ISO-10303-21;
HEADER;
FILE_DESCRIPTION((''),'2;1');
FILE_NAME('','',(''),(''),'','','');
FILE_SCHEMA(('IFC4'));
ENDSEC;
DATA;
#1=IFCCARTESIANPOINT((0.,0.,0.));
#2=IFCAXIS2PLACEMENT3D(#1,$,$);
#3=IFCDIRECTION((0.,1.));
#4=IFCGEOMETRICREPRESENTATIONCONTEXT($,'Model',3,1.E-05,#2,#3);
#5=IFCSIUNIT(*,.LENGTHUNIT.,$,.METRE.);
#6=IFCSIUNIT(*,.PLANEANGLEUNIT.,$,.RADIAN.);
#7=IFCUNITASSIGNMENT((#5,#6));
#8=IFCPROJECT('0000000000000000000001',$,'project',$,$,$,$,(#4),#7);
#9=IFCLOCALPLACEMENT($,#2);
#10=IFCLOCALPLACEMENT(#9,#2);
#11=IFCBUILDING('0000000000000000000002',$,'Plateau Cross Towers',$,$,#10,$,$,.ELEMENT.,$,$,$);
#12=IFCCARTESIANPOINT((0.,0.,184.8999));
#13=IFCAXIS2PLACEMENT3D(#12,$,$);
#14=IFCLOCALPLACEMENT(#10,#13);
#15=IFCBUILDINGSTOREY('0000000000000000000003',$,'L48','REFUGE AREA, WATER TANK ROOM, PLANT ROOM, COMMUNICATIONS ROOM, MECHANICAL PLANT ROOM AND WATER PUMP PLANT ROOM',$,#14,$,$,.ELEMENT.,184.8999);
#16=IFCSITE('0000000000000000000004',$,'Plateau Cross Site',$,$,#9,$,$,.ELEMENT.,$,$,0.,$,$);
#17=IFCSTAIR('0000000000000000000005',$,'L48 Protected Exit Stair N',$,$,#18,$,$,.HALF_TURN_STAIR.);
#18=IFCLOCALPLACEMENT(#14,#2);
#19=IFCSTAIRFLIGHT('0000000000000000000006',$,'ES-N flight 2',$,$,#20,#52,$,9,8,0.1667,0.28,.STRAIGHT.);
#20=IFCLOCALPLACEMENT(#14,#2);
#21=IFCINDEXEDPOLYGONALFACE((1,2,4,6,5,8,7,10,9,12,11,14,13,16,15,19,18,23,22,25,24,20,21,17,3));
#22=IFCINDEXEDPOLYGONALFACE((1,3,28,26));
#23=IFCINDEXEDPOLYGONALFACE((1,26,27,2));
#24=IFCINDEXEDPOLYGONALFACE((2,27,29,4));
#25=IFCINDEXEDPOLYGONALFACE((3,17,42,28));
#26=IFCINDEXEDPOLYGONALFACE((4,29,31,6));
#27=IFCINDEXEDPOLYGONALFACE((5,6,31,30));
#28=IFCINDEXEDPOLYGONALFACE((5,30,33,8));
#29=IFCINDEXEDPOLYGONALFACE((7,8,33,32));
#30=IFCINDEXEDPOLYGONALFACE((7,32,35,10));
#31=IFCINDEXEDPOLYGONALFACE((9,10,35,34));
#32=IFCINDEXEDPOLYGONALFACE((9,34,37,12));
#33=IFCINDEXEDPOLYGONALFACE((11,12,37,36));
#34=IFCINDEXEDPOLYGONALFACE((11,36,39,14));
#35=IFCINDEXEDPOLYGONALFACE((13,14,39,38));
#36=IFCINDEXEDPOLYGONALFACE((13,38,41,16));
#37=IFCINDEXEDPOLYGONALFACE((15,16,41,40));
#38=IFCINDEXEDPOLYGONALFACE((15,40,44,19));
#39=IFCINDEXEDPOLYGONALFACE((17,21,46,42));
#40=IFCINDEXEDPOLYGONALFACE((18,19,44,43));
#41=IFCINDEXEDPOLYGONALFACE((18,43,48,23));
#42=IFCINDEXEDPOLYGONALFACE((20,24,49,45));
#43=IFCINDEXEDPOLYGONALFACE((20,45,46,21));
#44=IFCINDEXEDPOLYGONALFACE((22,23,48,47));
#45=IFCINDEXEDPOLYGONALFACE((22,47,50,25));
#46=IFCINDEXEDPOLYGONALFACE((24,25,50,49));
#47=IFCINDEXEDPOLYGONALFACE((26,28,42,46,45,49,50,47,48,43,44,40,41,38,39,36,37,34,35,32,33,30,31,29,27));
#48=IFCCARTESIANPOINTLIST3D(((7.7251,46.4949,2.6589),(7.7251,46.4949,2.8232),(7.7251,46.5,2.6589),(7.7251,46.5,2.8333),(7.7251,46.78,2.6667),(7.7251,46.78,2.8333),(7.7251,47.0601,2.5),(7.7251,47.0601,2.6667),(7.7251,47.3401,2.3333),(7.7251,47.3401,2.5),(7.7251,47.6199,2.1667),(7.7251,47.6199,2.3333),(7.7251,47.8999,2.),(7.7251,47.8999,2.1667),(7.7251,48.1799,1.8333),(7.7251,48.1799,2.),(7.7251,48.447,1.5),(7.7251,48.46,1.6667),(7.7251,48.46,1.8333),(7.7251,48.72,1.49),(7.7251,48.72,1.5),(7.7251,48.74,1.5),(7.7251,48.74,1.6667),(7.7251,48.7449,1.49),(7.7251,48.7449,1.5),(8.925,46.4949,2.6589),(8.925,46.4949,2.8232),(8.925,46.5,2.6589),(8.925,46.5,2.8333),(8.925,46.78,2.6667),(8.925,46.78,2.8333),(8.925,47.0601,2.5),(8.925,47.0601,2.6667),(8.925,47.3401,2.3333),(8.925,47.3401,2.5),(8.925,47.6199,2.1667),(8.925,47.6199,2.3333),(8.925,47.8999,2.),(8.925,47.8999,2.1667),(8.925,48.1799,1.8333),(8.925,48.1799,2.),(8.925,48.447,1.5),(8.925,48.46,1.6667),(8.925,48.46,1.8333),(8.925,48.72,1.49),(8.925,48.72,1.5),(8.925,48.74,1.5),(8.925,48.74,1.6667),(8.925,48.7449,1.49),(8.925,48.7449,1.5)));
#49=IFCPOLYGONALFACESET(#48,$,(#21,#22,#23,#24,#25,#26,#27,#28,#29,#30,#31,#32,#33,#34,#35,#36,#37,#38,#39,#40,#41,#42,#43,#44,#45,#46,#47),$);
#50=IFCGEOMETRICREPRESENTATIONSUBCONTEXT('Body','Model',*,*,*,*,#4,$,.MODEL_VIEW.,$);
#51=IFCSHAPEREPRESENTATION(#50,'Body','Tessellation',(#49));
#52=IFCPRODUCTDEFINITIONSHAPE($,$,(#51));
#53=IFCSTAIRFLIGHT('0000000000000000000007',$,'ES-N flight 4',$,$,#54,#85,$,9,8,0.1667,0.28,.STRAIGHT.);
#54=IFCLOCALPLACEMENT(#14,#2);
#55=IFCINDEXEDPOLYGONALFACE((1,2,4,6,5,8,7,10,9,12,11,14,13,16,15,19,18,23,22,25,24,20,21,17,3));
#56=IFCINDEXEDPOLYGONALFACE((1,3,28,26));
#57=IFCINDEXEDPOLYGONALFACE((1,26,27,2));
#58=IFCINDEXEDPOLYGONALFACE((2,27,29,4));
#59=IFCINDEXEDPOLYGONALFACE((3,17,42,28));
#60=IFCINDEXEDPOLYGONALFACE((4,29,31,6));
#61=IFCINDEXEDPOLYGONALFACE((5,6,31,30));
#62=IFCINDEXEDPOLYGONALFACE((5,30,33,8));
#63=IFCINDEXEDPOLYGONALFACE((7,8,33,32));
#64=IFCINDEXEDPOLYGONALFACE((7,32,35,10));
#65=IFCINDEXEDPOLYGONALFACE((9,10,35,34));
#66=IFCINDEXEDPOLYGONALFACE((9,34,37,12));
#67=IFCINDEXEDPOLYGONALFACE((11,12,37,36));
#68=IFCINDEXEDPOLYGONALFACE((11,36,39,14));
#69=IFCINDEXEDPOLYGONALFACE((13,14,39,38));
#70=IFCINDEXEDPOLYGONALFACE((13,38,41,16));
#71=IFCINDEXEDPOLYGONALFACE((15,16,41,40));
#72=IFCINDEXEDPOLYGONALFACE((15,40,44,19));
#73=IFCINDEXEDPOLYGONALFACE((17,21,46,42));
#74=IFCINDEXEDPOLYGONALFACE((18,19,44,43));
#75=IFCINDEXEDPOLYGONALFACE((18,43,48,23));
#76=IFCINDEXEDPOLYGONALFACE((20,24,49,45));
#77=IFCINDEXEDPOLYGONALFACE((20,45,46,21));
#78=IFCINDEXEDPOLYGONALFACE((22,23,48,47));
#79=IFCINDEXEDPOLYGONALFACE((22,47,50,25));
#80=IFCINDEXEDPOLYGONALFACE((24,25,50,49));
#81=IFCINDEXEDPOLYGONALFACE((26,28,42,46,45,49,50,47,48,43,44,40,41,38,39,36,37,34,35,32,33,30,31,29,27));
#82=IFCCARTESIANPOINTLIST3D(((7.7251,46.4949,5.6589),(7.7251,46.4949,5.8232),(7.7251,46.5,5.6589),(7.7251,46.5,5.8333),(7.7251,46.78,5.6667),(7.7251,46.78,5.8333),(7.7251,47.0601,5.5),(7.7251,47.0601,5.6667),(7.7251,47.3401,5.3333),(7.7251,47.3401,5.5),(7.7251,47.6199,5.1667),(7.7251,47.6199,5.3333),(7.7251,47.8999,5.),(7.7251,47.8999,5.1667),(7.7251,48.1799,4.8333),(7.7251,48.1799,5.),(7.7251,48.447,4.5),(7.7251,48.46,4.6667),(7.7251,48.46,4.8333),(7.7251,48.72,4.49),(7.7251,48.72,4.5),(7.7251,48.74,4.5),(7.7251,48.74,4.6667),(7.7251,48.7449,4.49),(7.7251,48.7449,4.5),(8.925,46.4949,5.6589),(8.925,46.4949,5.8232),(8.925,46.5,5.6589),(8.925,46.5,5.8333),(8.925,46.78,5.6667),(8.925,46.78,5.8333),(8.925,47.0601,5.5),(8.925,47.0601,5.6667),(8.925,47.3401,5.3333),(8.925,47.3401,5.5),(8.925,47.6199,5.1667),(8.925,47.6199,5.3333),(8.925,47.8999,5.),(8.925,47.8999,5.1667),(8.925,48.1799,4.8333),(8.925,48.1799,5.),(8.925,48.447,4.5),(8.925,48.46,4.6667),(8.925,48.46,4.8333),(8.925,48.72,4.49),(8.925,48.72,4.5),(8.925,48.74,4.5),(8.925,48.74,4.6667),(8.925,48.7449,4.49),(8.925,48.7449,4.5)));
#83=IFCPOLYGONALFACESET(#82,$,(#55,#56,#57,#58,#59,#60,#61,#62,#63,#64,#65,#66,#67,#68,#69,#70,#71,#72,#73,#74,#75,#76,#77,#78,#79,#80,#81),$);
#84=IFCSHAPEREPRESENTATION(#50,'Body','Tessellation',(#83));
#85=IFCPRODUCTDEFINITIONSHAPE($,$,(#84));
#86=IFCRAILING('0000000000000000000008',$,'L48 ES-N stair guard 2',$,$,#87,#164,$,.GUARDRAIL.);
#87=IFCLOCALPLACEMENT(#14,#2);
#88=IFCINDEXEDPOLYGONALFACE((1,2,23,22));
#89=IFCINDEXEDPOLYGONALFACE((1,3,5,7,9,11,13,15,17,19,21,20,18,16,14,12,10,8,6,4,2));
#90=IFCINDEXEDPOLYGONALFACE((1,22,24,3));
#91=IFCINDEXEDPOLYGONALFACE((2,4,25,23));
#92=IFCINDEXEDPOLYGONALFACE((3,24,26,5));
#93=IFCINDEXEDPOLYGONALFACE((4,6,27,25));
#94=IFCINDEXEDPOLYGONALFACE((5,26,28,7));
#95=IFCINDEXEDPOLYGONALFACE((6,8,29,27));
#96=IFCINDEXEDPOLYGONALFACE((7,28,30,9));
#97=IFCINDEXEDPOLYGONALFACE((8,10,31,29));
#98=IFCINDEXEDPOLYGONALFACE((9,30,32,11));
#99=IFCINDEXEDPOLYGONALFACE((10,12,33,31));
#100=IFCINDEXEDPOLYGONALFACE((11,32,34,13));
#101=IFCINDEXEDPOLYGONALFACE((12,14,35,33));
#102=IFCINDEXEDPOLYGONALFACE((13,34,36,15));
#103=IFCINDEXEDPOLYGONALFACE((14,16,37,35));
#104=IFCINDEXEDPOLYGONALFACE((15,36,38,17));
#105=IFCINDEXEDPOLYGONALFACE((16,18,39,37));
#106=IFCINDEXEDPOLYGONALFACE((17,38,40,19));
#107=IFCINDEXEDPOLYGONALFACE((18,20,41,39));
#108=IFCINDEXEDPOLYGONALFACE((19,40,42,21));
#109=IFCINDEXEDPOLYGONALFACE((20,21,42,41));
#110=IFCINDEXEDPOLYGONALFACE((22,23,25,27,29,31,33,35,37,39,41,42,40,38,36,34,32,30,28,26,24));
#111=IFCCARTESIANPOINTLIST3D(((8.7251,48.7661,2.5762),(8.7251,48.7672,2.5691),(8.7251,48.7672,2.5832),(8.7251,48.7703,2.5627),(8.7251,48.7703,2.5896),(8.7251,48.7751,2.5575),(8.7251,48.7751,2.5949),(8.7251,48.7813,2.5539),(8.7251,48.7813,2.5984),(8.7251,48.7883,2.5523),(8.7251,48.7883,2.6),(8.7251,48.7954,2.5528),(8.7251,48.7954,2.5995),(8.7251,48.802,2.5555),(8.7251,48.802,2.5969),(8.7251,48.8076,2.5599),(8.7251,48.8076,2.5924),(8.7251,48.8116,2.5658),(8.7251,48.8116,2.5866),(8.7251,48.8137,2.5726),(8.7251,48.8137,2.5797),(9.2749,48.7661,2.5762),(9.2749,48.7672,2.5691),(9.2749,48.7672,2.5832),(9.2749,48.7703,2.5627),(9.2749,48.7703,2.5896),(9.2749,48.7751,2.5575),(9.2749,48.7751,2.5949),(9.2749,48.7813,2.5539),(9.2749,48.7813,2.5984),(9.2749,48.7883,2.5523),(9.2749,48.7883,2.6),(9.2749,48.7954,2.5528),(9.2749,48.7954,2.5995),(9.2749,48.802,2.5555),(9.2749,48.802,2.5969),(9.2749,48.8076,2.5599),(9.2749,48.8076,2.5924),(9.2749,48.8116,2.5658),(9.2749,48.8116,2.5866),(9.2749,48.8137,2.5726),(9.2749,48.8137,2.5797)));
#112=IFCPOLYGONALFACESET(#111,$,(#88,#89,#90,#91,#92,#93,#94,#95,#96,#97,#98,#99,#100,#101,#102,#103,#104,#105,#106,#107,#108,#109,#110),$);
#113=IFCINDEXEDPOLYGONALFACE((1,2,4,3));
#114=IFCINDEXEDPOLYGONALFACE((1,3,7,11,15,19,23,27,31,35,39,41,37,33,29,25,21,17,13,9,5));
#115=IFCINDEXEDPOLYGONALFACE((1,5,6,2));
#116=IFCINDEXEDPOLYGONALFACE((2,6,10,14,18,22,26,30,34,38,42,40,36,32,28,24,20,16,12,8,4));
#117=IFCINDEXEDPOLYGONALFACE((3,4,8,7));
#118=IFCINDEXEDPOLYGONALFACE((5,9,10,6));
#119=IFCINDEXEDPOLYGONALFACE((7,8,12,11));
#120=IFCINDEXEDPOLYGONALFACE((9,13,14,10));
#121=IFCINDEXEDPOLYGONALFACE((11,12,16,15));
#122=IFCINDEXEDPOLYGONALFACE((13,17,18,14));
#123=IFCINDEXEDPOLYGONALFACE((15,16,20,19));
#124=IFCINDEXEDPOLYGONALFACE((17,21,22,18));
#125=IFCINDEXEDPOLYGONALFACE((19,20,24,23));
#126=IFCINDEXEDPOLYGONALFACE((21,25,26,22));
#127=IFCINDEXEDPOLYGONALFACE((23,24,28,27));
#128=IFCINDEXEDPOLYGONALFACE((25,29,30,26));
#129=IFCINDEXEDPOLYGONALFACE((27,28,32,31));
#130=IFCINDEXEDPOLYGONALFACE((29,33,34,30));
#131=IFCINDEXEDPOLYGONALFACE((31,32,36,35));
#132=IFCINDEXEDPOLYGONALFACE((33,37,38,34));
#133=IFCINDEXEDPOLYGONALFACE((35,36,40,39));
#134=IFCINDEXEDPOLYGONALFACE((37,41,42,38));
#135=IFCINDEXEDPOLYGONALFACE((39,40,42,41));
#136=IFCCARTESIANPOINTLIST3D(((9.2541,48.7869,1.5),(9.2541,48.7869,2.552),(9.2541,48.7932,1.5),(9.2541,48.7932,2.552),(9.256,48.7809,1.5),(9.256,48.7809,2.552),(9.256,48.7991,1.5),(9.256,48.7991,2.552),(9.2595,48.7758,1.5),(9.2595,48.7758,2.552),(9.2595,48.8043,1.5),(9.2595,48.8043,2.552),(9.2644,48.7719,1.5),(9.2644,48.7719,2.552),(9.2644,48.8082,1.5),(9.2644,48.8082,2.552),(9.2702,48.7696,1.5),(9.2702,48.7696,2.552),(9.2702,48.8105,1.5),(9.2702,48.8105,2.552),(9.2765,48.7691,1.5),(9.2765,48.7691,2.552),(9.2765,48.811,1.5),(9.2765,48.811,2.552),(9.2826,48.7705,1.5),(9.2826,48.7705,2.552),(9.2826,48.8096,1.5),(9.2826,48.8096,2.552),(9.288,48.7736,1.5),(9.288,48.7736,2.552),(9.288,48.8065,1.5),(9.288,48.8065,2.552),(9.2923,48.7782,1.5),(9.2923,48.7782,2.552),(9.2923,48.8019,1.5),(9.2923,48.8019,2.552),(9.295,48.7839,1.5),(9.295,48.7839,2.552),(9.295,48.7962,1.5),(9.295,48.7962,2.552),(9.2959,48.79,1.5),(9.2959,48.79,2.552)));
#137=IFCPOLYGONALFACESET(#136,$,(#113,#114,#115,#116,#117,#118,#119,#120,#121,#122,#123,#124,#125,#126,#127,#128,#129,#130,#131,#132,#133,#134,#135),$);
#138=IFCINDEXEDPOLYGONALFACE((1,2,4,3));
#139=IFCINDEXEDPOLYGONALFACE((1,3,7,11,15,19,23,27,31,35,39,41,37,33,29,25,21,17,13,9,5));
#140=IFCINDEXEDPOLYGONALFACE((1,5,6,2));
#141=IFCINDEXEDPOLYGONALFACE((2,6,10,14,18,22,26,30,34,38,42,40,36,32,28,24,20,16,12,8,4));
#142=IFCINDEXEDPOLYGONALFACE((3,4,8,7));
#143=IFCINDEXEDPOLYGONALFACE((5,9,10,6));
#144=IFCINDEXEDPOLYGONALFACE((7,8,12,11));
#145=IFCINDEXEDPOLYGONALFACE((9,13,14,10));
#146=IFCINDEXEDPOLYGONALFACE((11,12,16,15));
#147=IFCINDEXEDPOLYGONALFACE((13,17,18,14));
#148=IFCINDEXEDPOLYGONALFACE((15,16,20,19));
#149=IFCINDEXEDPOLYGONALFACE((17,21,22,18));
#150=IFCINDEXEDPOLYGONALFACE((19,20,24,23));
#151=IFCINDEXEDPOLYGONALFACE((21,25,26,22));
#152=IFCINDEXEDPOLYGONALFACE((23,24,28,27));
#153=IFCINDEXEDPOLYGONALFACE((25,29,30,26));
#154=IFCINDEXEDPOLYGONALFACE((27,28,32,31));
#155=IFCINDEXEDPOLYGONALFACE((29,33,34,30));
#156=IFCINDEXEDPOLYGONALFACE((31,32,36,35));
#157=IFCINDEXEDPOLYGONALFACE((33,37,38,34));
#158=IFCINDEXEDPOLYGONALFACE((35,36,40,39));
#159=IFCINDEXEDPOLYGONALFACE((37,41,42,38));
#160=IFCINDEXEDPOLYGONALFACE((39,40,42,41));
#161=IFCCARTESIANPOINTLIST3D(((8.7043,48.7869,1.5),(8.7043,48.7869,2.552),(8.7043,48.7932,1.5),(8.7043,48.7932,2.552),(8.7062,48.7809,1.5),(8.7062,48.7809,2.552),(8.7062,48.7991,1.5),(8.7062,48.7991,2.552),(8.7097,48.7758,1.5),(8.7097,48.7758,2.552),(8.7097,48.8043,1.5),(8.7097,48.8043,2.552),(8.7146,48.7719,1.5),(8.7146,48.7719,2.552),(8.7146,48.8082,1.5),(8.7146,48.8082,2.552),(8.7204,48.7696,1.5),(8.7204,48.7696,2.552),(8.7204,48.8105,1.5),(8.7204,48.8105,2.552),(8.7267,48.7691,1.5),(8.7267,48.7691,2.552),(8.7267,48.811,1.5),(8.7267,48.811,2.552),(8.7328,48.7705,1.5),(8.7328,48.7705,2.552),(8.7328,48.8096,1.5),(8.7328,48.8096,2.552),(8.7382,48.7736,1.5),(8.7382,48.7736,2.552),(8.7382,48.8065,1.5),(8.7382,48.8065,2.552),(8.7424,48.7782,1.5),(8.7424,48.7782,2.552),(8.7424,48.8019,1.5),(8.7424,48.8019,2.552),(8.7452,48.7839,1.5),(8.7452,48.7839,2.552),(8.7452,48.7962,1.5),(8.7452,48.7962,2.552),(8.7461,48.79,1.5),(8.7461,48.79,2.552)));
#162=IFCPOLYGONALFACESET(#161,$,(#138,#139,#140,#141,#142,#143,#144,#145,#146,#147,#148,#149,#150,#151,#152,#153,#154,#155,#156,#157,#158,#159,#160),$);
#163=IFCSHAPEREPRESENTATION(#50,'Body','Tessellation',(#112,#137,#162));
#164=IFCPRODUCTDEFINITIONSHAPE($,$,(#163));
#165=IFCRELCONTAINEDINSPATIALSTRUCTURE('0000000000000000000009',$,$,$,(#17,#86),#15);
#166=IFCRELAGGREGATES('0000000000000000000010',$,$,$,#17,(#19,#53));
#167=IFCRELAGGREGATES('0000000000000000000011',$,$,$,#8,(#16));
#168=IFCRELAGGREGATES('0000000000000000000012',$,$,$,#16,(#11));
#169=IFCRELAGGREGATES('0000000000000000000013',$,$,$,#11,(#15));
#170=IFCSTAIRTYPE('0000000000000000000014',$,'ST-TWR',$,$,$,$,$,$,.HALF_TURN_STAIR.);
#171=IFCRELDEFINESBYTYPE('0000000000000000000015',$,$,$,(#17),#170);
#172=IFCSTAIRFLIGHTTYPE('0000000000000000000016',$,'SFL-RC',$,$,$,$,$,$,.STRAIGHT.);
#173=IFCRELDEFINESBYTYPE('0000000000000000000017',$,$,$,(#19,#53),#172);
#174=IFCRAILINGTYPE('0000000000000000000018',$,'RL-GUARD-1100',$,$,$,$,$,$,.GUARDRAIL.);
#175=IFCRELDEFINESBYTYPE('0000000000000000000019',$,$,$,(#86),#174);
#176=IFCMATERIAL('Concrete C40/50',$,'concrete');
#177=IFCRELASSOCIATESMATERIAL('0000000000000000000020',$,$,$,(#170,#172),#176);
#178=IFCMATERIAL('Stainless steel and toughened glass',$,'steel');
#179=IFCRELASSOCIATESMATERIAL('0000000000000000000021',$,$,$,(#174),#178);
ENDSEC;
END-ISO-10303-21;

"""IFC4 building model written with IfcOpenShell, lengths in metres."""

from ifc_helpers import new_model, si_unit, direction, frame, origin, origin_2d, place, context, subcontext, project, spatial, polyline, circle, outline, extrude, material, type_object, element, aggregate, save


model = new_model("IFC4")

# Units and contexts
model_context = context("Model", 3, precision=1e-05, world=origin(), true_north=direction((0.0, 1.0)))
body_context = subcontext(model_context, "Body", "Model", "MODEL_VIEW")
ifc_project = project(units=[si_unit("LENGTHUNIT", "METRE"), si_unit("PLANEANGLEUNIT", "RADIAN")], contexts=[model_context])

# Site, building, storey
site_placement = place(None, origin())
site = spatial("IfcSite", under=ifc_project, at=site_placement, Name="Plateau Cross Site", CompositionType="ELEMENT", RefElevation=0.0)
building_placement = place(site_placement, origin())
building = spatial("IfcBuilding", under=site, at=building_placement, Name="Plateau Cross Towers", CompositionType="ELEMENT")
storey_placement = place(building_placement, frame((0.0, 0.0, 184.8999)))
storey = spatial("IfcBuildingStorey", under=building, at=storey_placement, Name="L48", Description="REFUGE AREA, WATER TANK ROOM, PLANT ROOM, COMMUNICATIONS ROOM, MECHANICAL PLANT ROOM AND WATER PUMP PLANT ROOM", CompositionType="ELEMENT", Elevation=184.8999)

# Stair, stair flights
ifc_material_1 = material(Name="Concrete C40/50", Category="concrete")
stair_type = type_object("IfcStairType", Name="ST-TWR", PredefinedType="HALF_TURN_STAIR", material=ifc_material_1)
stair_placement = place(storey_placement, origin())
stair = element("IfcStair", 1, at=stair_placement, inside=storey, type_object=stair_type, Name="L48 Protected Exit Stair N", PredefinedType="HALF_TURN_STAIR")
stair_flight_type = type_object("IfcStairFlightType", Name="SFL-RC", PredefinedType="STRAIGHT", material=ifc_material_1)
stair_flight_1_placement = place(storey_placement, frame((8.325, 48.74, 1.5), z_axis=(0.0, 0.0, 1.0), x_axis=(0.0, -1.0, 0.0)))
stair_flight_1 = element("IfcStairFlight", 2, at=stair_flight_1_placement, type_object=stair_flight_type, Name="ES-N flight 2", NumberOfRisers=9, NumberOfTreads=8, PredefinedType="STRAIGHT", RiserHeight=0.1667, TreadLength=0.28, context=body_context, shape_type="SweptSolid", body=[
    extrude(outline(polyline([(-0.0049, -0.01), (-0.0049, 0.0), (0.0, 0.0), (0.0, 0.1667), (0.28, 0.1667), (0.28, 0.3333), (0.5601, 0.3333), (0.5601, 0.5), (0.8401, 0.5), (0.8401, 0.6667), (1.1201, 0.6667), (1.1201, 0.8333), (1.3999, 0.8333), (1.3999, 1.0), (1.6799, 1.0), (1.6799, 1.1667), (1.96, 1.1667), (1.96, 1.3333), (2.24, 1.3333), (2.2451, 1.3232), (2.2451, 1.1589), (2.24, 1.1589), (0.293, 0.0), (0.02, 0.0), (0.02, -0.01), (-0.0049, -0.01)])), frame((0.0, 0.6001, 0.0), z_axis=(0.0, -1.0, 0.0), x_axis=(1.0, 0.0, 0.0)), (0.0, 0.0, 1.0), 1.2),
])
stair_flight_2_placement = place(storey_placement, frame((8.325, 48.74, 4.5), z_axis=(0.0, 0.0, 1.0), x_axis=(0.0, -1.0, 0.0)))
stair_flight_2 = element("IfcStairFlight", 3, at=stair_flight_2_placement, type_object=stair_flight_type, Name="ES-N flight 4", NumberOfRisers=9, NumberOfTreads=8, PredefinedType="STRAIGHT", RiserHeight=0.1667, TreadLength=0.28, context=body_context, shape_type="SweptSolid", body=[
    extrude(outline(polyline([(-0.0049, -0.01), (-0.0049, 0.0), (0.0, 0.0), (0.0, 0.1667), (0.28, 0.1667), (0.28, 0.3333), (0.5601, 0.3333), (0.5601, 0.5), (0.8401, 0.5), (0.8401, 0.6667), (1.1201, 0.6667), (1.1201, 0.8333), (1.3999, 0.8333), (1.3999, 1.0), (1.6799, 1.0), (1.6799, 1.1667), (1.96, 1.1667), (1.96, 1.3333), (2.24, 1.3333), (2.2451, 1.3232), (2.2451, 1.1589), (2.24, 1.1589), (0.293, 0.0), (0.02, 0.0), (0.02, -0.01), (-0.0049, -0.01)])), frame((0.0, 0.6001, 0.0), z_axis=(0.0, -1.0, 0.0), x_axis=(1.0, 0.0, 0.0)), (0.0, 0.0, 1.0), 1.2),
])
aggregate(stair, [stair_flight_1, stair_flight_2])

# Railing
ifc_material_2 = material(Name="Stainless steel and toughened glass", Category="steel")
railing_type_1 = type_object("IfcRailingType", Name="RL-GUARD-1100", PredefinedType="GUARDRAIL", material=ifc_material_2)
railing_1_placement = place(storey_placement, frame((9.2749, 48.79, 1.5)))
element("IfcRailing", 4, at=railing_1_placement, inside=storey, type_object=railing_type_1, Name="L48 ES-N stair guard 2", PredefinedType="GUARDRAIL", context=body_context, shape_type="SweptSolid", body=[
    extrude(circle(Radius=0.0239, at=origin_2d()), frame((0.0, 0.0, 1.0762), z_axis=(-1.0, 0.0, 0.0), x_axis=(0.0, -1.0, 0.0)), (0.0, 0.0, 1.0), 0.5498),
    extrude(circle(Radius=0.021, at=origin_2d()), origin(), (0.0, 0.0, 1.0), 1.052),
    extrude(circle(Radius=0.021, at=origin_2d()), frame((-0.5498, 0.0, 0.0)), (0.0, 0.0, 1.0), 1.052),
])

save(model, "model.ifc")
